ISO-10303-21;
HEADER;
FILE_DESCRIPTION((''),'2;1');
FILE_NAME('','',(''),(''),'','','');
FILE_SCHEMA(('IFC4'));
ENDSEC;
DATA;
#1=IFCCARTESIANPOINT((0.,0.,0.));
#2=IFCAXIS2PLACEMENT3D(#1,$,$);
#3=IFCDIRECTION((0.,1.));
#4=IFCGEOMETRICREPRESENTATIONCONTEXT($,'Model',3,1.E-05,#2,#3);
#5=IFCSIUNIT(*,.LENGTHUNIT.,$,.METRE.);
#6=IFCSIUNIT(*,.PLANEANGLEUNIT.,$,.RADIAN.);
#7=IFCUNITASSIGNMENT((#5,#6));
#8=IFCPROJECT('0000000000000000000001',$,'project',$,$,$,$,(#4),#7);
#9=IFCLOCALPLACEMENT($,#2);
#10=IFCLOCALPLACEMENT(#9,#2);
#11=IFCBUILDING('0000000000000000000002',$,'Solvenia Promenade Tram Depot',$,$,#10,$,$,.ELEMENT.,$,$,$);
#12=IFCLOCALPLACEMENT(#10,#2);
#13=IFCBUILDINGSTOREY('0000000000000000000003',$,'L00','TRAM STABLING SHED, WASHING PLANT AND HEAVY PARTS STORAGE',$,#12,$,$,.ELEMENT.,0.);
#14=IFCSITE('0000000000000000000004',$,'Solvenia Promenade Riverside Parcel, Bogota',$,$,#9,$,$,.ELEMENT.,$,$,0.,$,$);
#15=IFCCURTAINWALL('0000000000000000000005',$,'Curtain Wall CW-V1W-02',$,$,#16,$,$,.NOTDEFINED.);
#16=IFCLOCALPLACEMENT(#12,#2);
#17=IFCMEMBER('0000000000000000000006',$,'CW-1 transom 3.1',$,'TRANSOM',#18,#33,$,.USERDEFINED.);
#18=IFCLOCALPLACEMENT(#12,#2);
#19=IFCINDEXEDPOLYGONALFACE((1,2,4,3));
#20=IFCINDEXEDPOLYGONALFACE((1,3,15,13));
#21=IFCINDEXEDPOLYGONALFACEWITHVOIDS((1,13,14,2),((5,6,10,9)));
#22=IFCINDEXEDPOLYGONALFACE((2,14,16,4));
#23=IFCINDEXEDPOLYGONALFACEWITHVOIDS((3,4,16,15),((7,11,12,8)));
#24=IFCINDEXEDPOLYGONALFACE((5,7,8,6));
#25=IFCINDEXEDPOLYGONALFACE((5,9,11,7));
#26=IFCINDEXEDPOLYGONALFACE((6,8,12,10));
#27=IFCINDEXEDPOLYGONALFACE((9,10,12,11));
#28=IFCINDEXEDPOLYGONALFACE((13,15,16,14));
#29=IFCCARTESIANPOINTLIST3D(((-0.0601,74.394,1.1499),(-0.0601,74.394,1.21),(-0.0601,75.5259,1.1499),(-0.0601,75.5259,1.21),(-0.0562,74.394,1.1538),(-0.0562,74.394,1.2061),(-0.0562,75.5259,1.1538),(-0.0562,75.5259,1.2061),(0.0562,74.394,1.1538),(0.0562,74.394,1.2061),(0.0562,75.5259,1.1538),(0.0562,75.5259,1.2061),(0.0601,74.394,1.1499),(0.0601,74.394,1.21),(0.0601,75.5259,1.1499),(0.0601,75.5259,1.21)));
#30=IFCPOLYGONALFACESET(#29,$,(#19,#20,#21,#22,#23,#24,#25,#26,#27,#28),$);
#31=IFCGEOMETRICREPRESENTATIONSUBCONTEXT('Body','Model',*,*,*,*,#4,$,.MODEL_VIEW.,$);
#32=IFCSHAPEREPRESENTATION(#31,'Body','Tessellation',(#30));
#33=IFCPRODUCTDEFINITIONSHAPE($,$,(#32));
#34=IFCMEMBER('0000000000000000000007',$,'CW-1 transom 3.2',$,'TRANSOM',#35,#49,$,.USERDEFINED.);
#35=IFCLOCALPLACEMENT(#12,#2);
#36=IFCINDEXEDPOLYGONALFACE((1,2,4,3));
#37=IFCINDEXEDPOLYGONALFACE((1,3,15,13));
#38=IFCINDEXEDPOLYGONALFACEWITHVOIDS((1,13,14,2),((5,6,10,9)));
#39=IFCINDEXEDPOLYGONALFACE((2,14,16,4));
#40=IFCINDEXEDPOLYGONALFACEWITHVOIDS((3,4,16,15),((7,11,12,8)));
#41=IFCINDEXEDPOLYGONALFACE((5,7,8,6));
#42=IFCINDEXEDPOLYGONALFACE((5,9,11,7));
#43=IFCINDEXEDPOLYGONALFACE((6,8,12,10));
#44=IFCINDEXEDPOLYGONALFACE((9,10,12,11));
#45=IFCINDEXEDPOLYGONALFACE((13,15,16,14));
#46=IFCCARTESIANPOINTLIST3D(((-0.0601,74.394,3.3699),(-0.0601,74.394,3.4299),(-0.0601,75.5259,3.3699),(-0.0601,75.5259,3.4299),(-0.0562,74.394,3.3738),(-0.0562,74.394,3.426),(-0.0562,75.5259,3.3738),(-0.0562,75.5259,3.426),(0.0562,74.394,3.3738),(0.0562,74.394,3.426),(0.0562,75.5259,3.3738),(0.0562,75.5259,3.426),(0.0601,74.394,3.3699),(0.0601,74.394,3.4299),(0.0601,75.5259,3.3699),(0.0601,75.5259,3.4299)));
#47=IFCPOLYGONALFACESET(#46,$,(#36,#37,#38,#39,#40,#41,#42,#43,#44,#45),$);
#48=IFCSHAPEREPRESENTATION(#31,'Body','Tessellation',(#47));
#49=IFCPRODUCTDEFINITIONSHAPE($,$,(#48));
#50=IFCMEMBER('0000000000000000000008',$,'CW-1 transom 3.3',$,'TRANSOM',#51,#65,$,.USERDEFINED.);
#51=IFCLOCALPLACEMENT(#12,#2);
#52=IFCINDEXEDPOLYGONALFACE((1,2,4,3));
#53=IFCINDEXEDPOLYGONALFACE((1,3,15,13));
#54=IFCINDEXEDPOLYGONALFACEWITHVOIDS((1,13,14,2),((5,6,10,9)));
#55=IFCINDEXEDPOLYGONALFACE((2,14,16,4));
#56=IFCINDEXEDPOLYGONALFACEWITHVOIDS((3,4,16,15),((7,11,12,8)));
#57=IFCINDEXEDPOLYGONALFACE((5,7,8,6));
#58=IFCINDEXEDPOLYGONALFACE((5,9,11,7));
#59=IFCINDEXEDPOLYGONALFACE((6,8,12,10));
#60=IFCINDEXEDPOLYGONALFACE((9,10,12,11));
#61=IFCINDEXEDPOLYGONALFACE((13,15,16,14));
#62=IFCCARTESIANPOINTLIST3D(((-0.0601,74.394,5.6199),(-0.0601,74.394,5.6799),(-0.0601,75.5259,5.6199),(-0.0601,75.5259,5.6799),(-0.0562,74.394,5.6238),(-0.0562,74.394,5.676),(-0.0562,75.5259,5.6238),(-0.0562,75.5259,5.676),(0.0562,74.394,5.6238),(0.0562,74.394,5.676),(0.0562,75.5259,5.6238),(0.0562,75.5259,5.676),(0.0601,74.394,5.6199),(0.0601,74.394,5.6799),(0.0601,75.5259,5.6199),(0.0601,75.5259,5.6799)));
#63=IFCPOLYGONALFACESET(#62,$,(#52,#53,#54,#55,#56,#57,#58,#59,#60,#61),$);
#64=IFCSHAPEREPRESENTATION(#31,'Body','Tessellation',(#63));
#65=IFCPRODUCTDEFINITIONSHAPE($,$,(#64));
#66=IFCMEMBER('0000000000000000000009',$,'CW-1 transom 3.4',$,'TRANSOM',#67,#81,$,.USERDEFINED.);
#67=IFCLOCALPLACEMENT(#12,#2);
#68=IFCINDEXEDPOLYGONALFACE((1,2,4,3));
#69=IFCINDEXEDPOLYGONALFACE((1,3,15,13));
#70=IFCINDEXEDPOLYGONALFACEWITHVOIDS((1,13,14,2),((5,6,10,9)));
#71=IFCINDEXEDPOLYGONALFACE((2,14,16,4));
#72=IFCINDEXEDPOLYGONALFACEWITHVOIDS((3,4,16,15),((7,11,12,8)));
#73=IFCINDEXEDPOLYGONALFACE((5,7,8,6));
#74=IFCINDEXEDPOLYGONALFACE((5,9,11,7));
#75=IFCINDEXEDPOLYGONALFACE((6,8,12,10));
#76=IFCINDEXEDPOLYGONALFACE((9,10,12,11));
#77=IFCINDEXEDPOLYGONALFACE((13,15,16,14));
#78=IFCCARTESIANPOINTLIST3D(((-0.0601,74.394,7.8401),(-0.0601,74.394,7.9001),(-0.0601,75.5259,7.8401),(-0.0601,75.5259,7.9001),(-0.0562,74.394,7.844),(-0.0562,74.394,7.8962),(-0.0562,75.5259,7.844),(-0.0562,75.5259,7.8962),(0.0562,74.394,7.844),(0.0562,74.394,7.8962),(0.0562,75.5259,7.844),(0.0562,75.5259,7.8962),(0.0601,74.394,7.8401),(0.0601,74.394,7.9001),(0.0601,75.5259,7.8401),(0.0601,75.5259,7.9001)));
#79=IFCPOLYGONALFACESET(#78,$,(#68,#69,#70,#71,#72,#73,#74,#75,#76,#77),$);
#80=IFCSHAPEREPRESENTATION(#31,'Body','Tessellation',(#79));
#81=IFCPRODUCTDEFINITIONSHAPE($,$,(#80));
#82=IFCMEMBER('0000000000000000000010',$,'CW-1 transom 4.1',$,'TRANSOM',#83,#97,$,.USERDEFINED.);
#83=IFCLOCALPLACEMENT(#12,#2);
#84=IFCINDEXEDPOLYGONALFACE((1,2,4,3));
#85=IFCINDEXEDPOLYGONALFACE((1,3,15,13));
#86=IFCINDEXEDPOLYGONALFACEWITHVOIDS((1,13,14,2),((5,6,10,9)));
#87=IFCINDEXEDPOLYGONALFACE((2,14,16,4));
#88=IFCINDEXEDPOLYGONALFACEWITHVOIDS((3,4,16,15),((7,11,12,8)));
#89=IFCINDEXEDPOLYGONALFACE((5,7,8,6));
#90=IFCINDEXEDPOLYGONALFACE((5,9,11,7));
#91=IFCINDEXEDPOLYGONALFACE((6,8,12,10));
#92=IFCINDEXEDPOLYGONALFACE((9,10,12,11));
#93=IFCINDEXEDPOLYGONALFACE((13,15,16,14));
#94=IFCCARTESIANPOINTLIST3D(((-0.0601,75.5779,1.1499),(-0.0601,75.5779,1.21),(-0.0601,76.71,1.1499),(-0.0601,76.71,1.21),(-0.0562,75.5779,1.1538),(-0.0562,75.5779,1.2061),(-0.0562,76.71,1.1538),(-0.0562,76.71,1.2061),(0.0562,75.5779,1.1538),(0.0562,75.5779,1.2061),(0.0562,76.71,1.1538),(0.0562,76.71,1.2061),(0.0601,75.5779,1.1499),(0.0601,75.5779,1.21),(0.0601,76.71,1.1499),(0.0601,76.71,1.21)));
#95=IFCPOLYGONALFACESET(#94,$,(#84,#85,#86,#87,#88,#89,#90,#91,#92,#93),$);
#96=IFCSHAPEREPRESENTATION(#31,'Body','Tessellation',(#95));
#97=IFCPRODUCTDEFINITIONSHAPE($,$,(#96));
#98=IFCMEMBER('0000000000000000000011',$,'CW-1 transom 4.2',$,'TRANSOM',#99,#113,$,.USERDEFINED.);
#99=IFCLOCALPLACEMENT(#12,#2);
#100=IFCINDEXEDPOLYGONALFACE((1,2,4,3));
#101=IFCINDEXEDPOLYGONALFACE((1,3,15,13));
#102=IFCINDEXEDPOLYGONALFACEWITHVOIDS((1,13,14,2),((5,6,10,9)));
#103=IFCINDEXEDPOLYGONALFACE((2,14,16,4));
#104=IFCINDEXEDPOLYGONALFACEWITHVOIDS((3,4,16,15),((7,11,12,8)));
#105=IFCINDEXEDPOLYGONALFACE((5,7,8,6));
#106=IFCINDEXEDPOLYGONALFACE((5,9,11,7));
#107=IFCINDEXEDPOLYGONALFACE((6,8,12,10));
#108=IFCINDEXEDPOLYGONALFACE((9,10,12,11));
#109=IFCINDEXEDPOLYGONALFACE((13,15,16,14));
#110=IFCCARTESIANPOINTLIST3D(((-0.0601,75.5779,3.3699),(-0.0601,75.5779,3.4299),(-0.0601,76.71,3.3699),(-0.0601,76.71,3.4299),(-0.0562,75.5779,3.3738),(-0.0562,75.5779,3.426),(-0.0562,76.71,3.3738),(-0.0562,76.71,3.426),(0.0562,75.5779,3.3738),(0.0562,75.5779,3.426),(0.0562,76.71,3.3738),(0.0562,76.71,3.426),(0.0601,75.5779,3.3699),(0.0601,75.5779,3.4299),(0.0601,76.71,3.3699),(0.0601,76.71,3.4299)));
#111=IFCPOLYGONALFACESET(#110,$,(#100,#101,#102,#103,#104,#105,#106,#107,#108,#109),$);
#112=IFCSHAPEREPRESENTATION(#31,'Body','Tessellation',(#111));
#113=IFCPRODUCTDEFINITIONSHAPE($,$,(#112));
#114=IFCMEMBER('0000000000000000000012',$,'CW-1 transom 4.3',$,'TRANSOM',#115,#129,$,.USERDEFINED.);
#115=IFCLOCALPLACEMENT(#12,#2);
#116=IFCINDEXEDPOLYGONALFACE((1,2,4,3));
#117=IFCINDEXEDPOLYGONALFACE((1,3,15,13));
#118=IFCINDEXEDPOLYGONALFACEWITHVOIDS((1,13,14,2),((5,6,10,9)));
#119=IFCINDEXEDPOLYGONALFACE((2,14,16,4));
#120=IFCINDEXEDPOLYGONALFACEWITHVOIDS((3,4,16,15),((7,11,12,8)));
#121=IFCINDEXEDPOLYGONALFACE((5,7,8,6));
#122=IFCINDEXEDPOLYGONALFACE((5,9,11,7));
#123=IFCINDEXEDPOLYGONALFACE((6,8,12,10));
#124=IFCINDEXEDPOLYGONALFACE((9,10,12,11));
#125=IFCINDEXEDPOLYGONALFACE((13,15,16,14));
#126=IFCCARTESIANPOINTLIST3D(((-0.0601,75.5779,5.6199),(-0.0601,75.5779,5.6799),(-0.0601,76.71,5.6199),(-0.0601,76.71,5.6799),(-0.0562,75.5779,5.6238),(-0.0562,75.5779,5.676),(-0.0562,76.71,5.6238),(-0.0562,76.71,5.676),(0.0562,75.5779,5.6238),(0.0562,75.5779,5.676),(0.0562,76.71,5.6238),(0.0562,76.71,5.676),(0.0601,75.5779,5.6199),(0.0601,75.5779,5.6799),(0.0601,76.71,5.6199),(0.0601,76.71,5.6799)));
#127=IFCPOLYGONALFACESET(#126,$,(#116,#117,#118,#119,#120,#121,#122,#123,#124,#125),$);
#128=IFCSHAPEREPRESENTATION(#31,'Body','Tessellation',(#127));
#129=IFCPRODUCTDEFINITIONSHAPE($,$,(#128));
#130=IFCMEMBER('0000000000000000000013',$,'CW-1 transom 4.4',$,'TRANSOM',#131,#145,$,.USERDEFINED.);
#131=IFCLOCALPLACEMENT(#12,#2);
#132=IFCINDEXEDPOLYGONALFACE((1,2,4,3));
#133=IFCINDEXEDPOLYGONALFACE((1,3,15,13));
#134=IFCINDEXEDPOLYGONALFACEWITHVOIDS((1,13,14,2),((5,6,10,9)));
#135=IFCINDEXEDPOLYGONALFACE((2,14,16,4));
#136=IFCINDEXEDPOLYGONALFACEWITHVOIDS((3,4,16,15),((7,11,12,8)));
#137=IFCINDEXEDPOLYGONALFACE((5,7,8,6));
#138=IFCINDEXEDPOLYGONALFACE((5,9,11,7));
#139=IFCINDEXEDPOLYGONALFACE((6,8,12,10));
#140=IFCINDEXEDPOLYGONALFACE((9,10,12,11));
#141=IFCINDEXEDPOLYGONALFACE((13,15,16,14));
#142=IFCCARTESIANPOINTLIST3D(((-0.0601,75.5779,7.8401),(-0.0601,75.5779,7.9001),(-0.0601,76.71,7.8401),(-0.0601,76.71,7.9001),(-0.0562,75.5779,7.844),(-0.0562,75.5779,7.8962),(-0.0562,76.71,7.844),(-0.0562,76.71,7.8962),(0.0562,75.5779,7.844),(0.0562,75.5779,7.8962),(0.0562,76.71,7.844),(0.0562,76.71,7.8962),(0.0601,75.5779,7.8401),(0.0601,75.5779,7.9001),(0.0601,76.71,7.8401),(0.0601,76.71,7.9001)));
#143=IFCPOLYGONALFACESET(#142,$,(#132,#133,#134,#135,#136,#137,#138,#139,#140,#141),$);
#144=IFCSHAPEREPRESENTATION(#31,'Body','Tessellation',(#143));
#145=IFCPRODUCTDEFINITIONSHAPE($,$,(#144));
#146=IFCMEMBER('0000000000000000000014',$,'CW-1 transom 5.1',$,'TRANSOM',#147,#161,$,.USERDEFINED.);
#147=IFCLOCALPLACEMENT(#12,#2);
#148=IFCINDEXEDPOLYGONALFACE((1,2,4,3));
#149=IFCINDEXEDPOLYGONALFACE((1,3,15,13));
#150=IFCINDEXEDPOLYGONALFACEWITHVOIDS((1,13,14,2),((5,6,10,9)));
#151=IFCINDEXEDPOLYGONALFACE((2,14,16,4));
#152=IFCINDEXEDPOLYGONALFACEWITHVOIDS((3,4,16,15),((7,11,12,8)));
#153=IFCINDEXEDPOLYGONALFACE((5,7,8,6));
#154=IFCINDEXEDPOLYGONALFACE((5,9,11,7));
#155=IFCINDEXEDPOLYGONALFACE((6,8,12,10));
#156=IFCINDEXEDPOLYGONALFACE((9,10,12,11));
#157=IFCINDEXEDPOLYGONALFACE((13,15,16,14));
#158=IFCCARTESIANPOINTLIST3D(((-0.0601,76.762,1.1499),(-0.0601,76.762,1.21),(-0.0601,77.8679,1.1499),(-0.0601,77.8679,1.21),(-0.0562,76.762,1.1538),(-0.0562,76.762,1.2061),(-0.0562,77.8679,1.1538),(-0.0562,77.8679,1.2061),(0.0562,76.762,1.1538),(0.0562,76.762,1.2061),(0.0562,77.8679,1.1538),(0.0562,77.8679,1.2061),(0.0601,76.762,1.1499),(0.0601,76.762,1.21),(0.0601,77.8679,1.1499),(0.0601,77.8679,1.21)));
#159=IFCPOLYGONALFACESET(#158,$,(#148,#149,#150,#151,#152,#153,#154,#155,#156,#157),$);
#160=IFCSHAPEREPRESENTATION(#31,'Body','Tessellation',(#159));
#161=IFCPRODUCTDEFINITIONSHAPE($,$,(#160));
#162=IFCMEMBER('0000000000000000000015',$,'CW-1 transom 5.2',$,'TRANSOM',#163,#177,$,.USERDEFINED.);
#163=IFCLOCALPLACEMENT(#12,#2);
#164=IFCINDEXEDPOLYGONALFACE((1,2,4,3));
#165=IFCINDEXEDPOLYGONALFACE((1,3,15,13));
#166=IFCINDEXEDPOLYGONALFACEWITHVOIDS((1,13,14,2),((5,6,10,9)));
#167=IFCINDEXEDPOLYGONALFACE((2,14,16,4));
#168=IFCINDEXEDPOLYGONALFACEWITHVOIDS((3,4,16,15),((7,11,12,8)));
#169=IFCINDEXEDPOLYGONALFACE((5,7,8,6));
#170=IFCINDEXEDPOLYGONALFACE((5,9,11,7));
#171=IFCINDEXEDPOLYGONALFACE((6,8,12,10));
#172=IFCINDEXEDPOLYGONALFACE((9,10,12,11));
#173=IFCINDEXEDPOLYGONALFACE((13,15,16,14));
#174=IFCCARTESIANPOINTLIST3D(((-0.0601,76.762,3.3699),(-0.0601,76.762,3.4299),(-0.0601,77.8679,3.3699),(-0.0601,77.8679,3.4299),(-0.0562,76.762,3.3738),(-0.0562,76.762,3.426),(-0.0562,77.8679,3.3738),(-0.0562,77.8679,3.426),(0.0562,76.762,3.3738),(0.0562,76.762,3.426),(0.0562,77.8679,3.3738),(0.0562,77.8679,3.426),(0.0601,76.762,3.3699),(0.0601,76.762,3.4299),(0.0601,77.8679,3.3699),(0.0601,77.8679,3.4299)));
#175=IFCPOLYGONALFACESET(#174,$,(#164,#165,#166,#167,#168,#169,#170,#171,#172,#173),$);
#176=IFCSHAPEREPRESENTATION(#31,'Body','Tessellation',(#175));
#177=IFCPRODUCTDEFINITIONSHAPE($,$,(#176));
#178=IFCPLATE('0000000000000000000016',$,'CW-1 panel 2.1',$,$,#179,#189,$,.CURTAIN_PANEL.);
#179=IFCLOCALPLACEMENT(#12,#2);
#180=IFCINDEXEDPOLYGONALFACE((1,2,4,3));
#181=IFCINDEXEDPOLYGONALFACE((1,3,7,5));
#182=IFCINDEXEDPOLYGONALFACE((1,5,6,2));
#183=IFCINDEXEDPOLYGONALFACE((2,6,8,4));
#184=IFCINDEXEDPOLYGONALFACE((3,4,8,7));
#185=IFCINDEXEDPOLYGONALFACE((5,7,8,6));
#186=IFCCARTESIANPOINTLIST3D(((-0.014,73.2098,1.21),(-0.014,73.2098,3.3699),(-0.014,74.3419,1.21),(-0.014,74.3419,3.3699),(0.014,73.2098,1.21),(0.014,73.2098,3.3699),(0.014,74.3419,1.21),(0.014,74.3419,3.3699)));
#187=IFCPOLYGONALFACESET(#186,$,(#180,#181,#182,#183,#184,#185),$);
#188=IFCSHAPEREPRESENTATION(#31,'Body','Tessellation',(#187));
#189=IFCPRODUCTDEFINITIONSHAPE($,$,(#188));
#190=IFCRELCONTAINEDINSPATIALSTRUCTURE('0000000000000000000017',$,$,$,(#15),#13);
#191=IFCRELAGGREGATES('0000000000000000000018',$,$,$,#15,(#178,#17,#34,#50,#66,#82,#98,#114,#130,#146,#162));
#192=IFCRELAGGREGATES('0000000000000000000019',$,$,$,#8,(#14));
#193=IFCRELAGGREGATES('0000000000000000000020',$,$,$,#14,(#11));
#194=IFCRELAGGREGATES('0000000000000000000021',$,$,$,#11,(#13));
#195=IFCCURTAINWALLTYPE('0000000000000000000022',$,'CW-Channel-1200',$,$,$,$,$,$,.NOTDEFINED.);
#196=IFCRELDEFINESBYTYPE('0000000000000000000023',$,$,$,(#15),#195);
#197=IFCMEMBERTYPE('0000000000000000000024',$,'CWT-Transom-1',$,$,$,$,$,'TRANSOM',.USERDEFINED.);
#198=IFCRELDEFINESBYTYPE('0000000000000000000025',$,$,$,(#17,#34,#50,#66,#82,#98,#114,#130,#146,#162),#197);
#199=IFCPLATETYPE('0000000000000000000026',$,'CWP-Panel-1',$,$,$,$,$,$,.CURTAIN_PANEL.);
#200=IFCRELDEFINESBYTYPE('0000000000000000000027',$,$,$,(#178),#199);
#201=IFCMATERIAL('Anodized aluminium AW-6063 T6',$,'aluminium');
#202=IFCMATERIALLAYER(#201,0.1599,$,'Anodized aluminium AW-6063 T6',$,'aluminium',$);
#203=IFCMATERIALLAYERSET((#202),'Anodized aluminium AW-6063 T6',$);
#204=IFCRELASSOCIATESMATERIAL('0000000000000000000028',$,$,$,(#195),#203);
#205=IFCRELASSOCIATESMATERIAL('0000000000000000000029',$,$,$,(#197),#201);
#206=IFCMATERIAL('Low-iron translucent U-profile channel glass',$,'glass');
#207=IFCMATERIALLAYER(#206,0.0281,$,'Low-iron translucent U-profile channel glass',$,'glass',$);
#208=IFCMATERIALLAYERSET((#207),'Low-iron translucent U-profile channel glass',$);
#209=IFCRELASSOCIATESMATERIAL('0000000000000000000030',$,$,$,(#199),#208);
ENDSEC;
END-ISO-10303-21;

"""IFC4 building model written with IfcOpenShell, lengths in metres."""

from ifc_helpers import new_model, si_unit, direction, frame, origin, origin_2d, place, context, subcontext, project, spatial, rectangle, hollow_rectangle, extrude, material, layer, layer_set, material_profile, profile_set, type_object, element, aggregate, save


model = new_model("IFC4")

# Units and contexts
model_context = context("Model", 3, precision=1e-05, world=origin(), true_north=direction((0.0, 1.0)))
body_context = subcontext(model_context, "Body", "Model", "MODEL_VIEW")
ifc_project = project(units=[si_unit("LENGTHUNIT", "METRE"), si_unit("PLANEANGLEUNIT", "RADIAN")], contexts=[model_context])

# Site, building, storey
site_placement = place(None, origin())
site = spatial("IfcSite", under=ifc_project, at=site_placement, Name="Solvenia Promenade Riverside Parcel, Bogota", CompositionType="ELEMENT", RefElevation=0.0)
building_placement = place(site_placement, origin())
building = spatial("IfcBuilding", under=site, at=building_placement, Name="Solvenia Promenade Tram Depot", CompositionType="ELEMENT")
storey_placement = place(building_placement, origin())
storey = spatial("IfcBuildingStorey", under=building, at=storey_placement, Name="L00", Description="TRAM STABLING SHED, WASHING PLANT AND HEAVY PARTS STORAGE", CompositionType="ELEMENT", Elevation=0.0)

# Curtain wall, members, plate
ifc_material_1 = material(Name="Anodized aluminium AW-6063 T6", Category="aluminium")
ifc_layer_1 = layer(ifc_material_1, 0.1599, Name="Anodized aluminium AW-6063 T6", Category="aluminium")
ifc_layer_set_1 = layer_set([ifc_layer_1], Name="Anodized aluminium AW-6063 T6")
curtain_wall_type = type_object("IfcCurtainWallType", Name="CW-Channel-1200", PredefinedType="NOTDEFINED", material=ifc_layer_set_1)
curtain_wall_placement = place(storey_placement, origin())
curtain_wall = element("IfcCurtainWall", 1, at=curtain_wall_placement, inside=storey, type_object=curtain_wall_type, Name="Curtain Wall CW-V1W-02", PredefinedType="NOTDEFINED")
ifc_material_profile_1 = material_profile(ifc_material_1, hollow_rectangle(XDim=0.1201, YDim=0.0601, WallThickness=0.0039, at=origin_2d()), Name="ALU-T1", Category="aluminium")
ifc_profile_set_1 = profile_set([ifc_material_profile_1], Name="Anodized aluminium AW-6063 T6")
member_type_1 = type_object("IfcMemberType", Name="CWT-Transom-1", ElementType="TRANSOM", PredefinedType="USERDEFINED", material=ifc_profile_set_1)
member_1_placement = place(storey_placement, frame((0.0, 74.394, 1.1799), z_axis=(0.0, 1.0, 0.0), x_axis=(-1.0, 0.0, 0.0)))
member_1 = element("IfcMember", 2, at=member_1_placement, type_object=member_type_1, Name="CW-1 transom 3.1", ObjectType="TRANSOM", PredefinedType="USERDEFINED", context=body_context, shape_type="SweptSolid", body=[
    extrude(hollow_rectangle(XDim=0.1201, YDim=0.0601, WallThickness=0.0039, at=origin_2d()), origin(), (0.0, 0.0, 1.0), 1.1318),
])
member_2_placement = place(storey_placement, frame((0.0, 74.394, 3.3999), z_axis=(0.0, 1.0, 0.0), x_axis=(-1.0, 0.0, 0.0)))
member_2 = element("IfcMember", 3, at=member_2_placement, type_object=member_type_1, Name="CW-1 transom 3.2", ObjectType="TRANSOM", PredefinedType="USERDEFINED", context=body_context, shape_type="SweptSolid", body=[
    extrude(hollow_rectangle(XDim=0.1201, YDim=0.0601, WallThickness=0.0039, at=origin_2d()), origin(), (0.0, 0.0, 1.0), 1.1318),
])
member_3_placement = place(storey_placement, frame((0.0, 74.394, 5.6499), z_axis=(0.0, 1.0, 0.0), x_axis=(-1.0, 0.0, 0.0)))
member_3 = element("IfcMember", 4, at=member_3_placement, type_object=member_type_1, Name="CW-1 transom 3.3", ObjectType="TRANSOM", PredefinedType="USERDEFINED", context=body_context, shape_type="SweptSolid", body=[
    extrude(hollow_rectangle(XDim=0.1201, YDim=0.0601, WallThickness=0.0039, at=origin_2d()), origin(), (0.0, 0.0, 1.0), 1.1318),
])
member_4_placement = place(storey_placement, frame((0.0, 74.394, 7.8701), z_axis=(0.0, 1.0, 0.0), x_axis=(-1.0, 0.0, 0.0)))
member_4 = element("IfcMember", 5, at=member_4_placement, type_object=member_type_1, Name="CW-1 transom 3.4", ObjectType="TRANSOM", PredefinedType="USERDEFINED", context=body_context, shape_type="SweptSolid", body=[
    extrude(hollow_rectangle(XDim=0.1201, YDim=0.0601, WallThickness=0.0039, at=origin_2d()), origin(), (0.0, 0.0, 1.0), 1.1318),
])
member_5_placement = place(storey_placement, frame((0.0, 75.5779, 1.1799), z_axis=(0.0, 1.0, 0.0), x_axis=(-1.0, 0.0, 0.0)))
member_5 = element("IfcMember", 6, at=member_5_placement, type_object=member_type_1, Name="CW-1 transom 4.1", ObjectType="TRANSOM", PredefinedType="USERDEFINED", context=body_context, shape_type="SweptSolid", body=[
    extrude(hollow_rectangle(XDim=0.1201, YDim=0.0601, WallThickness=0.0039, at=origin_2d()), origin(), (0.0, 0.0, 1.0), 1.1321),
])
member_6_placement = place(storey_placement, frame((0.0, 75.5779, 3.3999), z_axis=(0.0, 1.0, 0.0), x_axis=(-1.0, 0.0, 0.0)))
member_6 = element("IfcMember", 7, at=member_6_placement, type_object=member_type_1, Name="CW-1 transom 4.2", ObjectType="TRANSOM", PredefinedType="USERDEFINED", context=body_context, shape_type="SweptSolid", body=[
    extrude(hollow_rectangle(XDim=0.1201, YDim=0.0601, WallThickness=0.0039, at=origin_2d()), origin(), (0.0, 0.0, 1.0), 1.1321),
])
member_7_placement = place(storey_placement, frame((0.0, 75.5779, 5.6499), z_axis=(0.0, 1.0, 0.0), x_axis=(-1.0, 0.0, 0.0)))
member_7 = element("IfcMember", 8, at=member_7_placement, type_object=member_type_1, Name="CW-1 transom 4.3", ObjectType="TRANSOM", PredefinedType="USERDEFINED", context=body_context, shape_type="SweptSolid", body=[
    extrude(hollow_rectangle(XDim=0.1201, YDim=0.0601, WallThickness=0.0039, at=origin_2d()), origin(), (0.0, 0.0, 1.0), 1.1321),
])
member_8_placement = place(storey_placement, frame((0.0, 75.5779, 7.8701), z_axis=(0.0, 1.0, 0.0), x_axis=(-1.0, 0.0, 0.0)))
member_8 = element("IfcMember", 9, at=member_8_placement, type_object=member_type_1, Name="CW-1 transom 4.4", ObjectType="TRANSOM", PredefinedType="USERDEFINED", context=body_context, shape_type="SweptSolid", body=[
    extrude(hollow_rectangle(XDim=0.1201, YDim=0.0601, WallThickness=0.0039, at=origin_2d()), origin(), (0.0, 0.0, 1.0), 1.1321),
])
member_9_placement = place(storey_placement, frame((0.0, 76.762, 1.1799), z_axis=(0.0, 1.0, 0.0), x_axis=(-1.0, 0.0, 0.0)))
member_9 = element("IfcMember", 10, at=member_9_placement, type_object=member_type_1, Name="CW-1 transom 5.1", ObjectType="TRANSOM", PredefinedType="USERDEFINED", context=body_context, shape_type="SweptSolid", body=[
    extrude(hollow_rectangle(XDim=0.1201, YDim=0.0601, WallThickness=0.0039, at=origin_2d()), origin(), (0.0, 0.0, 1.0), 1.106),
])
member_10_placement = place(storey_placement, frame((0.0, 76.762, 3.3999), z_axis=(0.0, 1.0, 0.0), x_axis=(-1.0, 0.0, 0.0)))
member_10 = element("IfcMember", 11, at=member_10_placement, type_object=member_type_1, Name="CW-1 transom 5.2", ObjectType="TRANSOM", PredefinedType="USERDEFINED", context=body_context, shape_type="SweptSolid", body=[
    extrude(hollow_rectangle(XDim=0.1201, YDim=0.0601, WallThickness=0.0039, at=origin_2d()), origin(), (0.0, 0.0, 1.0), 1.106),
])
ifc_material_2 = material(Name="Low-iron translucent U-profile channel glass", Category="glass")
ifc_layer_2 = layer(ifc_material_2, 0.0281, Name="Low-iron translucent U-profile channel glass", Category="glass")
ifc_layer_set_2 = layer_set([ifc_layer_2], Name="Low-iron translucent U-profile channel glass")
plate_type = type_object("IfcPlateType", Name="CWP-Panel-1", PredefinedType="CURTAIN_PANEL", material=ifc_layer_set_2)
plate_1_placement = place(storey_placement, frame((0.0, 73.7759, 1.21), z_axis=(0.0, 0.0, 1.0), x_axis=(0.0, 1.0, 0.0)))
plate_1 = element("IfcPlate", 12, at=plate_1_placement, type_object=plate_type, Name="CW-1 panel 2.1", PredefinedType="CURTAIN_PANEL", context=body_context, shape_type="SweptSolid", body=[
    extrude(rectangle(XDim=1.1321, YDim=0.0281, at=origin_2d()), origin(), (0.0, 0.0, 1.0), 2.1599),
])
aggregate(curtain_wall, [plate_1, member_1, member_2, member_3, member_4, member_5, member_6, member_7, member_8, member_9, member_10])

save(model, "model.ifc")
